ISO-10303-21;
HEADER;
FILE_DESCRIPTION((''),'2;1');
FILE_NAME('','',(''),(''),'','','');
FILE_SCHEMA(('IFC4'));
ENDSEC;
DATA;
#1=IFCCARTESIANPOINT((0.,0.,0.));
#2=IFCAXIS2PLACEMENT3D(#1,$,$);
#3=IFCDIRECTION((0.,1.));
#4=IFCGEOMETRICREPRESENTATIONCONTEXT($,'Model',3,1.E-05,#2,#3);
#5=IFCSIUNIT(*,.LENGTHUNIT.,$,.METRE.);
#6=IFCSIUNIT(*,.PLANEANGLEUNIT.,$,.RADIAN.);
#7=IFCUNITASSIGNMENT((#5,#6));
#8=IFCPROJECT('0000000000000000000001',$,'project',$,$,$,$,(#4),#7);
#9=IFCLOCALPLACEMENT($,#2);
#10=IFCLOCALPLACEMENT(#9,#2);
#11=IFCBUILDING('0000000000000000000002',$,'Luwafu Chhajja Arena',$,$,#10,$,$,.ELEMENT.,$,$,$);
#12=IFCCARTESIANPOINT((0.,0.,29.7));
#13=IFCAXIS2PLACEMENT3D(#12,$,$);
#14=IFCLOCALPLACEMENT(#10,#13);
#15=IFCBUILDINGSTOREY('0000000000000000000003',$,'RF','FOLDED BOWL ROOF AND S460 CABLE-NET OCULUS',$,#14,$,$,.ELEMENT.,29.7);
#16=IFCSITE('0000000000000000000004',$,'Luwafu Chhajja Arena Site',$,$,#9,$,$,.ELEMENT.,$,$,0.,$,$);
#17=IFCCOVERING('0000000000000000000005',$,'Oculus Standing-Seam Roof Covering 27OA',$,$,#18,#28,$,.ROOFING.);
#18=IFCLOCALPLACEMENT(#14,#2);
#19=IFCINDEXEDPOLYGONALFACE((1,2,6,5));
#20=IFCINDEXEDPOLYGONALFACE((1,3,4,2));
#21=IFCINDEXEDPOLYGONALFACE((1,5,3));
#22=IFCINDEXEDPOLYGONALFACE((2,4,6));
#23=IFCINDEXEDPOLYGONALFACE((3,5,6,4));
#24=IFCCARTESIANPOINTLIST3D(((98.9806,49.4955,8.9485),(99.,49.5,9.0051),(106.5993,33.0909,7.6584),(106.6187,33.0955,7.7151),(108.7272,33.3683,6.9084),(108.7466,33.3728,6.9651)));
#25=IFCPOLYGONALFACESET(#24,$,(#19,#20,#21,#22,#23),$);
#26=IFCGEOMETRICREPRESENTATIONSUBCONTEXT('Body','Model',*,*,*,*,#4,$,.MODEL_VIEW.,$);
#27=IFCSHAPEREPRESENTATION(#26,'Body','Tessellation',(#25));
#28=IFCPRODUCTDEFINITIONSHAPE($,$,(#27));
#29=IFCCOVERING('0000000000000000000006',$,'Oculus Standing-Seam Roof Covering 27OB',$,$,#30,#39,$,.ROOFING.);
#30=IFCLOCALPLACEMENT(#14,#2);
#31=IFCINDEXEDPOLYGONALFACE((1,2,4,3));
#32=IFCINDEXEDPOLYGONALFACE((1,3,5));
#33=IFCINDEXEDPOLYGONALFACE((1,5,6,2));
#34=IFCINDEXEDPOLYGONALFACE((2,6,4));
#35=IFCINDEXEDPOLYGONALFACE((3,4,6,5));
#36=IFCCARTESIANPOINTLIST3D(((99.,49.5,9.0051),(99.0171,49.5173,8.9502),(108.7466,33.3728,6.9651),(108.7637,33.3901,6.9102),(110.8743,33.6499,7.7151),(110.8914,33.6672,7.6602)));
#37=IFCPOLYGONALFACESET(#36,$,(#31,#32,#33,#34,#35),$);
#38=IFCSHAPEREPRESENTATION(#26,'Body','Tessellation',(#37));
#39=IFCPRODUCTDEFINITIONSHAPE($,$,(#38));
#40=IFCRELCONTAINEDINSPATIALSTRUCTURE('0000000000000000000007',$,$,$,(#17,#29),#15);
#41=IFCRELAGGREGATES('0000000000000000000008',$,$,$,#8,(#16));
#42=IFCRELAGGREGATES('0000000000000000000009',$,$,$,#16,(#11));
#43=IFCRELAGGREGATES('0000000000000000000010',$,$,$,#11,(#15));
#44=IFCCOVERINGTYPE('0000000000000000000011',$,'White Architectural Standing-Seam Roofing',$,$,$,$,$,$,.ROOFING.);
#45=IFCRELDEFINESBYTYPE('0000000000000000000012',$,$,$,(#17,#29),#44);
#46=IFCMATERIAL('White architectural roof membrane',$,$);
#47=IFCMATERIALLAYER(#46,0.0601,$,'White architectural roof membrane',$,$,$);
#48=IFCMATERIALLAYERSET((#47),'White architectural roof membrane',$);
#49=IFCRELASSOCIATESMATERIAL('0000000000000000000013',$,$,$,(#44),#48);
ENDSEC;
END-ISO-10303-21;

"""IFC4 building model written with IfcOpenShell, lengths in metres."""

from ifc_helpers import new_model, si_unit, direction, frame, origin, place, context, subcontext, project, spatial, polyline, outline, extrude, material, layer, layer_set, type_object, element, save


model = new_model("IFC4")

# Units and contexts
model_context = context("Model", 3, precision=1e-05, world=origin(), true_north=direction((0.0, 1.0)))
body_context = subcontext(model_context, "Body", "Model", "MODEL_VIEW")
ifc_project = project(units=[si_unit("LENGTHUNIT", "METRE"), si_unit("PLANEANGLEUNIT", "RADIAN")], contexts=[model_context])

# Site, building, storey
site_placement = place(None, origin())
site = spatial("IfcSite", under=ifc_project, at=site_placement, Name="Luwafu Chhajja Arena Site", CompositionType="ELEMENT", RefElevation=0.0)
building_placement = place(site_placement, origin())
building = spatial("IfcBuilding", under=site, at=building_placement, Name="Luwafu Chhajja Arena", CompositionType="ELEMENT")
storey_placement = place(building_placement, frame((0.0, 0.0, 29.7)))
storey = spatial("IfcBuildingStorey", under=building, at=storey_placement, Name="RF", Description="FOLDED BOWL ROOF AND S460 CABLE-NET OCULUS", CompositionType="ELEMENT", Elevation=29.7)

# Coverings
ifc_material_1 = material(Name="White architectural roof membrane")
ifc_layer_1 = layer(ifc_material_1, 0.0601, Name="White architectural roof membrane")
ifc_layer_set_1 = layer_set([ifc_layer_1], Name="White architectural roof membrane")
covering_type = type_object("IfcCoveringType", Name="White Architectural Standing-Seam Roofing", PredefinedType="ROOFING", material=ifc_layer_set_1)
covering_1_placement = place(storey_placement, frame((106.6187, 33.0955, 7.7151), z_axis=(0.322673, 0.075663, 0.943481), x_axis=(0.936088, 0.122005, -0.329929)))
element("IfcCovering", 1, at=covering_1_placement, inside=storey, type_object=covering_type, Name="Oculus Standing-Seam Roof Covering 27OA", PredefinedType="ROOFING", context=body_context, shape_type="SweptSolid", body=[
    extrude(outline(polyline([(0.0, 0.0), (2.2732, 0.0), (-5.5559, 17.2612), (0.0, 0.0)])), origin(), (0.0, 0.0, -1.0), 0.0601),
])
covering_2_placement = place(storey_placement, frame((108.7466, 33.3728, 6.9651), z_axis=(-0.284825, -0.287799, 0.914356), x_axis=(0.936087, 0.121912, 0.329967)))
element("IfcCovering", 2, at=covering_2_placement, inside=storey, type_object=covering_type, Name="Oculus Standing-Seam Roof Covering 27OB", PredefinedType="ROOFING", context=body_context, shape_type="SweptSolid", body=[
    extrude(outline(polyline([(0.0, 0.0), (2.273, 0.0), (-6.4844, 17.81), (0.0, 0.0)])), origin(), (0.0, 0.0, -1.0), 0.0601),
])

save(model, "model.ifc")
